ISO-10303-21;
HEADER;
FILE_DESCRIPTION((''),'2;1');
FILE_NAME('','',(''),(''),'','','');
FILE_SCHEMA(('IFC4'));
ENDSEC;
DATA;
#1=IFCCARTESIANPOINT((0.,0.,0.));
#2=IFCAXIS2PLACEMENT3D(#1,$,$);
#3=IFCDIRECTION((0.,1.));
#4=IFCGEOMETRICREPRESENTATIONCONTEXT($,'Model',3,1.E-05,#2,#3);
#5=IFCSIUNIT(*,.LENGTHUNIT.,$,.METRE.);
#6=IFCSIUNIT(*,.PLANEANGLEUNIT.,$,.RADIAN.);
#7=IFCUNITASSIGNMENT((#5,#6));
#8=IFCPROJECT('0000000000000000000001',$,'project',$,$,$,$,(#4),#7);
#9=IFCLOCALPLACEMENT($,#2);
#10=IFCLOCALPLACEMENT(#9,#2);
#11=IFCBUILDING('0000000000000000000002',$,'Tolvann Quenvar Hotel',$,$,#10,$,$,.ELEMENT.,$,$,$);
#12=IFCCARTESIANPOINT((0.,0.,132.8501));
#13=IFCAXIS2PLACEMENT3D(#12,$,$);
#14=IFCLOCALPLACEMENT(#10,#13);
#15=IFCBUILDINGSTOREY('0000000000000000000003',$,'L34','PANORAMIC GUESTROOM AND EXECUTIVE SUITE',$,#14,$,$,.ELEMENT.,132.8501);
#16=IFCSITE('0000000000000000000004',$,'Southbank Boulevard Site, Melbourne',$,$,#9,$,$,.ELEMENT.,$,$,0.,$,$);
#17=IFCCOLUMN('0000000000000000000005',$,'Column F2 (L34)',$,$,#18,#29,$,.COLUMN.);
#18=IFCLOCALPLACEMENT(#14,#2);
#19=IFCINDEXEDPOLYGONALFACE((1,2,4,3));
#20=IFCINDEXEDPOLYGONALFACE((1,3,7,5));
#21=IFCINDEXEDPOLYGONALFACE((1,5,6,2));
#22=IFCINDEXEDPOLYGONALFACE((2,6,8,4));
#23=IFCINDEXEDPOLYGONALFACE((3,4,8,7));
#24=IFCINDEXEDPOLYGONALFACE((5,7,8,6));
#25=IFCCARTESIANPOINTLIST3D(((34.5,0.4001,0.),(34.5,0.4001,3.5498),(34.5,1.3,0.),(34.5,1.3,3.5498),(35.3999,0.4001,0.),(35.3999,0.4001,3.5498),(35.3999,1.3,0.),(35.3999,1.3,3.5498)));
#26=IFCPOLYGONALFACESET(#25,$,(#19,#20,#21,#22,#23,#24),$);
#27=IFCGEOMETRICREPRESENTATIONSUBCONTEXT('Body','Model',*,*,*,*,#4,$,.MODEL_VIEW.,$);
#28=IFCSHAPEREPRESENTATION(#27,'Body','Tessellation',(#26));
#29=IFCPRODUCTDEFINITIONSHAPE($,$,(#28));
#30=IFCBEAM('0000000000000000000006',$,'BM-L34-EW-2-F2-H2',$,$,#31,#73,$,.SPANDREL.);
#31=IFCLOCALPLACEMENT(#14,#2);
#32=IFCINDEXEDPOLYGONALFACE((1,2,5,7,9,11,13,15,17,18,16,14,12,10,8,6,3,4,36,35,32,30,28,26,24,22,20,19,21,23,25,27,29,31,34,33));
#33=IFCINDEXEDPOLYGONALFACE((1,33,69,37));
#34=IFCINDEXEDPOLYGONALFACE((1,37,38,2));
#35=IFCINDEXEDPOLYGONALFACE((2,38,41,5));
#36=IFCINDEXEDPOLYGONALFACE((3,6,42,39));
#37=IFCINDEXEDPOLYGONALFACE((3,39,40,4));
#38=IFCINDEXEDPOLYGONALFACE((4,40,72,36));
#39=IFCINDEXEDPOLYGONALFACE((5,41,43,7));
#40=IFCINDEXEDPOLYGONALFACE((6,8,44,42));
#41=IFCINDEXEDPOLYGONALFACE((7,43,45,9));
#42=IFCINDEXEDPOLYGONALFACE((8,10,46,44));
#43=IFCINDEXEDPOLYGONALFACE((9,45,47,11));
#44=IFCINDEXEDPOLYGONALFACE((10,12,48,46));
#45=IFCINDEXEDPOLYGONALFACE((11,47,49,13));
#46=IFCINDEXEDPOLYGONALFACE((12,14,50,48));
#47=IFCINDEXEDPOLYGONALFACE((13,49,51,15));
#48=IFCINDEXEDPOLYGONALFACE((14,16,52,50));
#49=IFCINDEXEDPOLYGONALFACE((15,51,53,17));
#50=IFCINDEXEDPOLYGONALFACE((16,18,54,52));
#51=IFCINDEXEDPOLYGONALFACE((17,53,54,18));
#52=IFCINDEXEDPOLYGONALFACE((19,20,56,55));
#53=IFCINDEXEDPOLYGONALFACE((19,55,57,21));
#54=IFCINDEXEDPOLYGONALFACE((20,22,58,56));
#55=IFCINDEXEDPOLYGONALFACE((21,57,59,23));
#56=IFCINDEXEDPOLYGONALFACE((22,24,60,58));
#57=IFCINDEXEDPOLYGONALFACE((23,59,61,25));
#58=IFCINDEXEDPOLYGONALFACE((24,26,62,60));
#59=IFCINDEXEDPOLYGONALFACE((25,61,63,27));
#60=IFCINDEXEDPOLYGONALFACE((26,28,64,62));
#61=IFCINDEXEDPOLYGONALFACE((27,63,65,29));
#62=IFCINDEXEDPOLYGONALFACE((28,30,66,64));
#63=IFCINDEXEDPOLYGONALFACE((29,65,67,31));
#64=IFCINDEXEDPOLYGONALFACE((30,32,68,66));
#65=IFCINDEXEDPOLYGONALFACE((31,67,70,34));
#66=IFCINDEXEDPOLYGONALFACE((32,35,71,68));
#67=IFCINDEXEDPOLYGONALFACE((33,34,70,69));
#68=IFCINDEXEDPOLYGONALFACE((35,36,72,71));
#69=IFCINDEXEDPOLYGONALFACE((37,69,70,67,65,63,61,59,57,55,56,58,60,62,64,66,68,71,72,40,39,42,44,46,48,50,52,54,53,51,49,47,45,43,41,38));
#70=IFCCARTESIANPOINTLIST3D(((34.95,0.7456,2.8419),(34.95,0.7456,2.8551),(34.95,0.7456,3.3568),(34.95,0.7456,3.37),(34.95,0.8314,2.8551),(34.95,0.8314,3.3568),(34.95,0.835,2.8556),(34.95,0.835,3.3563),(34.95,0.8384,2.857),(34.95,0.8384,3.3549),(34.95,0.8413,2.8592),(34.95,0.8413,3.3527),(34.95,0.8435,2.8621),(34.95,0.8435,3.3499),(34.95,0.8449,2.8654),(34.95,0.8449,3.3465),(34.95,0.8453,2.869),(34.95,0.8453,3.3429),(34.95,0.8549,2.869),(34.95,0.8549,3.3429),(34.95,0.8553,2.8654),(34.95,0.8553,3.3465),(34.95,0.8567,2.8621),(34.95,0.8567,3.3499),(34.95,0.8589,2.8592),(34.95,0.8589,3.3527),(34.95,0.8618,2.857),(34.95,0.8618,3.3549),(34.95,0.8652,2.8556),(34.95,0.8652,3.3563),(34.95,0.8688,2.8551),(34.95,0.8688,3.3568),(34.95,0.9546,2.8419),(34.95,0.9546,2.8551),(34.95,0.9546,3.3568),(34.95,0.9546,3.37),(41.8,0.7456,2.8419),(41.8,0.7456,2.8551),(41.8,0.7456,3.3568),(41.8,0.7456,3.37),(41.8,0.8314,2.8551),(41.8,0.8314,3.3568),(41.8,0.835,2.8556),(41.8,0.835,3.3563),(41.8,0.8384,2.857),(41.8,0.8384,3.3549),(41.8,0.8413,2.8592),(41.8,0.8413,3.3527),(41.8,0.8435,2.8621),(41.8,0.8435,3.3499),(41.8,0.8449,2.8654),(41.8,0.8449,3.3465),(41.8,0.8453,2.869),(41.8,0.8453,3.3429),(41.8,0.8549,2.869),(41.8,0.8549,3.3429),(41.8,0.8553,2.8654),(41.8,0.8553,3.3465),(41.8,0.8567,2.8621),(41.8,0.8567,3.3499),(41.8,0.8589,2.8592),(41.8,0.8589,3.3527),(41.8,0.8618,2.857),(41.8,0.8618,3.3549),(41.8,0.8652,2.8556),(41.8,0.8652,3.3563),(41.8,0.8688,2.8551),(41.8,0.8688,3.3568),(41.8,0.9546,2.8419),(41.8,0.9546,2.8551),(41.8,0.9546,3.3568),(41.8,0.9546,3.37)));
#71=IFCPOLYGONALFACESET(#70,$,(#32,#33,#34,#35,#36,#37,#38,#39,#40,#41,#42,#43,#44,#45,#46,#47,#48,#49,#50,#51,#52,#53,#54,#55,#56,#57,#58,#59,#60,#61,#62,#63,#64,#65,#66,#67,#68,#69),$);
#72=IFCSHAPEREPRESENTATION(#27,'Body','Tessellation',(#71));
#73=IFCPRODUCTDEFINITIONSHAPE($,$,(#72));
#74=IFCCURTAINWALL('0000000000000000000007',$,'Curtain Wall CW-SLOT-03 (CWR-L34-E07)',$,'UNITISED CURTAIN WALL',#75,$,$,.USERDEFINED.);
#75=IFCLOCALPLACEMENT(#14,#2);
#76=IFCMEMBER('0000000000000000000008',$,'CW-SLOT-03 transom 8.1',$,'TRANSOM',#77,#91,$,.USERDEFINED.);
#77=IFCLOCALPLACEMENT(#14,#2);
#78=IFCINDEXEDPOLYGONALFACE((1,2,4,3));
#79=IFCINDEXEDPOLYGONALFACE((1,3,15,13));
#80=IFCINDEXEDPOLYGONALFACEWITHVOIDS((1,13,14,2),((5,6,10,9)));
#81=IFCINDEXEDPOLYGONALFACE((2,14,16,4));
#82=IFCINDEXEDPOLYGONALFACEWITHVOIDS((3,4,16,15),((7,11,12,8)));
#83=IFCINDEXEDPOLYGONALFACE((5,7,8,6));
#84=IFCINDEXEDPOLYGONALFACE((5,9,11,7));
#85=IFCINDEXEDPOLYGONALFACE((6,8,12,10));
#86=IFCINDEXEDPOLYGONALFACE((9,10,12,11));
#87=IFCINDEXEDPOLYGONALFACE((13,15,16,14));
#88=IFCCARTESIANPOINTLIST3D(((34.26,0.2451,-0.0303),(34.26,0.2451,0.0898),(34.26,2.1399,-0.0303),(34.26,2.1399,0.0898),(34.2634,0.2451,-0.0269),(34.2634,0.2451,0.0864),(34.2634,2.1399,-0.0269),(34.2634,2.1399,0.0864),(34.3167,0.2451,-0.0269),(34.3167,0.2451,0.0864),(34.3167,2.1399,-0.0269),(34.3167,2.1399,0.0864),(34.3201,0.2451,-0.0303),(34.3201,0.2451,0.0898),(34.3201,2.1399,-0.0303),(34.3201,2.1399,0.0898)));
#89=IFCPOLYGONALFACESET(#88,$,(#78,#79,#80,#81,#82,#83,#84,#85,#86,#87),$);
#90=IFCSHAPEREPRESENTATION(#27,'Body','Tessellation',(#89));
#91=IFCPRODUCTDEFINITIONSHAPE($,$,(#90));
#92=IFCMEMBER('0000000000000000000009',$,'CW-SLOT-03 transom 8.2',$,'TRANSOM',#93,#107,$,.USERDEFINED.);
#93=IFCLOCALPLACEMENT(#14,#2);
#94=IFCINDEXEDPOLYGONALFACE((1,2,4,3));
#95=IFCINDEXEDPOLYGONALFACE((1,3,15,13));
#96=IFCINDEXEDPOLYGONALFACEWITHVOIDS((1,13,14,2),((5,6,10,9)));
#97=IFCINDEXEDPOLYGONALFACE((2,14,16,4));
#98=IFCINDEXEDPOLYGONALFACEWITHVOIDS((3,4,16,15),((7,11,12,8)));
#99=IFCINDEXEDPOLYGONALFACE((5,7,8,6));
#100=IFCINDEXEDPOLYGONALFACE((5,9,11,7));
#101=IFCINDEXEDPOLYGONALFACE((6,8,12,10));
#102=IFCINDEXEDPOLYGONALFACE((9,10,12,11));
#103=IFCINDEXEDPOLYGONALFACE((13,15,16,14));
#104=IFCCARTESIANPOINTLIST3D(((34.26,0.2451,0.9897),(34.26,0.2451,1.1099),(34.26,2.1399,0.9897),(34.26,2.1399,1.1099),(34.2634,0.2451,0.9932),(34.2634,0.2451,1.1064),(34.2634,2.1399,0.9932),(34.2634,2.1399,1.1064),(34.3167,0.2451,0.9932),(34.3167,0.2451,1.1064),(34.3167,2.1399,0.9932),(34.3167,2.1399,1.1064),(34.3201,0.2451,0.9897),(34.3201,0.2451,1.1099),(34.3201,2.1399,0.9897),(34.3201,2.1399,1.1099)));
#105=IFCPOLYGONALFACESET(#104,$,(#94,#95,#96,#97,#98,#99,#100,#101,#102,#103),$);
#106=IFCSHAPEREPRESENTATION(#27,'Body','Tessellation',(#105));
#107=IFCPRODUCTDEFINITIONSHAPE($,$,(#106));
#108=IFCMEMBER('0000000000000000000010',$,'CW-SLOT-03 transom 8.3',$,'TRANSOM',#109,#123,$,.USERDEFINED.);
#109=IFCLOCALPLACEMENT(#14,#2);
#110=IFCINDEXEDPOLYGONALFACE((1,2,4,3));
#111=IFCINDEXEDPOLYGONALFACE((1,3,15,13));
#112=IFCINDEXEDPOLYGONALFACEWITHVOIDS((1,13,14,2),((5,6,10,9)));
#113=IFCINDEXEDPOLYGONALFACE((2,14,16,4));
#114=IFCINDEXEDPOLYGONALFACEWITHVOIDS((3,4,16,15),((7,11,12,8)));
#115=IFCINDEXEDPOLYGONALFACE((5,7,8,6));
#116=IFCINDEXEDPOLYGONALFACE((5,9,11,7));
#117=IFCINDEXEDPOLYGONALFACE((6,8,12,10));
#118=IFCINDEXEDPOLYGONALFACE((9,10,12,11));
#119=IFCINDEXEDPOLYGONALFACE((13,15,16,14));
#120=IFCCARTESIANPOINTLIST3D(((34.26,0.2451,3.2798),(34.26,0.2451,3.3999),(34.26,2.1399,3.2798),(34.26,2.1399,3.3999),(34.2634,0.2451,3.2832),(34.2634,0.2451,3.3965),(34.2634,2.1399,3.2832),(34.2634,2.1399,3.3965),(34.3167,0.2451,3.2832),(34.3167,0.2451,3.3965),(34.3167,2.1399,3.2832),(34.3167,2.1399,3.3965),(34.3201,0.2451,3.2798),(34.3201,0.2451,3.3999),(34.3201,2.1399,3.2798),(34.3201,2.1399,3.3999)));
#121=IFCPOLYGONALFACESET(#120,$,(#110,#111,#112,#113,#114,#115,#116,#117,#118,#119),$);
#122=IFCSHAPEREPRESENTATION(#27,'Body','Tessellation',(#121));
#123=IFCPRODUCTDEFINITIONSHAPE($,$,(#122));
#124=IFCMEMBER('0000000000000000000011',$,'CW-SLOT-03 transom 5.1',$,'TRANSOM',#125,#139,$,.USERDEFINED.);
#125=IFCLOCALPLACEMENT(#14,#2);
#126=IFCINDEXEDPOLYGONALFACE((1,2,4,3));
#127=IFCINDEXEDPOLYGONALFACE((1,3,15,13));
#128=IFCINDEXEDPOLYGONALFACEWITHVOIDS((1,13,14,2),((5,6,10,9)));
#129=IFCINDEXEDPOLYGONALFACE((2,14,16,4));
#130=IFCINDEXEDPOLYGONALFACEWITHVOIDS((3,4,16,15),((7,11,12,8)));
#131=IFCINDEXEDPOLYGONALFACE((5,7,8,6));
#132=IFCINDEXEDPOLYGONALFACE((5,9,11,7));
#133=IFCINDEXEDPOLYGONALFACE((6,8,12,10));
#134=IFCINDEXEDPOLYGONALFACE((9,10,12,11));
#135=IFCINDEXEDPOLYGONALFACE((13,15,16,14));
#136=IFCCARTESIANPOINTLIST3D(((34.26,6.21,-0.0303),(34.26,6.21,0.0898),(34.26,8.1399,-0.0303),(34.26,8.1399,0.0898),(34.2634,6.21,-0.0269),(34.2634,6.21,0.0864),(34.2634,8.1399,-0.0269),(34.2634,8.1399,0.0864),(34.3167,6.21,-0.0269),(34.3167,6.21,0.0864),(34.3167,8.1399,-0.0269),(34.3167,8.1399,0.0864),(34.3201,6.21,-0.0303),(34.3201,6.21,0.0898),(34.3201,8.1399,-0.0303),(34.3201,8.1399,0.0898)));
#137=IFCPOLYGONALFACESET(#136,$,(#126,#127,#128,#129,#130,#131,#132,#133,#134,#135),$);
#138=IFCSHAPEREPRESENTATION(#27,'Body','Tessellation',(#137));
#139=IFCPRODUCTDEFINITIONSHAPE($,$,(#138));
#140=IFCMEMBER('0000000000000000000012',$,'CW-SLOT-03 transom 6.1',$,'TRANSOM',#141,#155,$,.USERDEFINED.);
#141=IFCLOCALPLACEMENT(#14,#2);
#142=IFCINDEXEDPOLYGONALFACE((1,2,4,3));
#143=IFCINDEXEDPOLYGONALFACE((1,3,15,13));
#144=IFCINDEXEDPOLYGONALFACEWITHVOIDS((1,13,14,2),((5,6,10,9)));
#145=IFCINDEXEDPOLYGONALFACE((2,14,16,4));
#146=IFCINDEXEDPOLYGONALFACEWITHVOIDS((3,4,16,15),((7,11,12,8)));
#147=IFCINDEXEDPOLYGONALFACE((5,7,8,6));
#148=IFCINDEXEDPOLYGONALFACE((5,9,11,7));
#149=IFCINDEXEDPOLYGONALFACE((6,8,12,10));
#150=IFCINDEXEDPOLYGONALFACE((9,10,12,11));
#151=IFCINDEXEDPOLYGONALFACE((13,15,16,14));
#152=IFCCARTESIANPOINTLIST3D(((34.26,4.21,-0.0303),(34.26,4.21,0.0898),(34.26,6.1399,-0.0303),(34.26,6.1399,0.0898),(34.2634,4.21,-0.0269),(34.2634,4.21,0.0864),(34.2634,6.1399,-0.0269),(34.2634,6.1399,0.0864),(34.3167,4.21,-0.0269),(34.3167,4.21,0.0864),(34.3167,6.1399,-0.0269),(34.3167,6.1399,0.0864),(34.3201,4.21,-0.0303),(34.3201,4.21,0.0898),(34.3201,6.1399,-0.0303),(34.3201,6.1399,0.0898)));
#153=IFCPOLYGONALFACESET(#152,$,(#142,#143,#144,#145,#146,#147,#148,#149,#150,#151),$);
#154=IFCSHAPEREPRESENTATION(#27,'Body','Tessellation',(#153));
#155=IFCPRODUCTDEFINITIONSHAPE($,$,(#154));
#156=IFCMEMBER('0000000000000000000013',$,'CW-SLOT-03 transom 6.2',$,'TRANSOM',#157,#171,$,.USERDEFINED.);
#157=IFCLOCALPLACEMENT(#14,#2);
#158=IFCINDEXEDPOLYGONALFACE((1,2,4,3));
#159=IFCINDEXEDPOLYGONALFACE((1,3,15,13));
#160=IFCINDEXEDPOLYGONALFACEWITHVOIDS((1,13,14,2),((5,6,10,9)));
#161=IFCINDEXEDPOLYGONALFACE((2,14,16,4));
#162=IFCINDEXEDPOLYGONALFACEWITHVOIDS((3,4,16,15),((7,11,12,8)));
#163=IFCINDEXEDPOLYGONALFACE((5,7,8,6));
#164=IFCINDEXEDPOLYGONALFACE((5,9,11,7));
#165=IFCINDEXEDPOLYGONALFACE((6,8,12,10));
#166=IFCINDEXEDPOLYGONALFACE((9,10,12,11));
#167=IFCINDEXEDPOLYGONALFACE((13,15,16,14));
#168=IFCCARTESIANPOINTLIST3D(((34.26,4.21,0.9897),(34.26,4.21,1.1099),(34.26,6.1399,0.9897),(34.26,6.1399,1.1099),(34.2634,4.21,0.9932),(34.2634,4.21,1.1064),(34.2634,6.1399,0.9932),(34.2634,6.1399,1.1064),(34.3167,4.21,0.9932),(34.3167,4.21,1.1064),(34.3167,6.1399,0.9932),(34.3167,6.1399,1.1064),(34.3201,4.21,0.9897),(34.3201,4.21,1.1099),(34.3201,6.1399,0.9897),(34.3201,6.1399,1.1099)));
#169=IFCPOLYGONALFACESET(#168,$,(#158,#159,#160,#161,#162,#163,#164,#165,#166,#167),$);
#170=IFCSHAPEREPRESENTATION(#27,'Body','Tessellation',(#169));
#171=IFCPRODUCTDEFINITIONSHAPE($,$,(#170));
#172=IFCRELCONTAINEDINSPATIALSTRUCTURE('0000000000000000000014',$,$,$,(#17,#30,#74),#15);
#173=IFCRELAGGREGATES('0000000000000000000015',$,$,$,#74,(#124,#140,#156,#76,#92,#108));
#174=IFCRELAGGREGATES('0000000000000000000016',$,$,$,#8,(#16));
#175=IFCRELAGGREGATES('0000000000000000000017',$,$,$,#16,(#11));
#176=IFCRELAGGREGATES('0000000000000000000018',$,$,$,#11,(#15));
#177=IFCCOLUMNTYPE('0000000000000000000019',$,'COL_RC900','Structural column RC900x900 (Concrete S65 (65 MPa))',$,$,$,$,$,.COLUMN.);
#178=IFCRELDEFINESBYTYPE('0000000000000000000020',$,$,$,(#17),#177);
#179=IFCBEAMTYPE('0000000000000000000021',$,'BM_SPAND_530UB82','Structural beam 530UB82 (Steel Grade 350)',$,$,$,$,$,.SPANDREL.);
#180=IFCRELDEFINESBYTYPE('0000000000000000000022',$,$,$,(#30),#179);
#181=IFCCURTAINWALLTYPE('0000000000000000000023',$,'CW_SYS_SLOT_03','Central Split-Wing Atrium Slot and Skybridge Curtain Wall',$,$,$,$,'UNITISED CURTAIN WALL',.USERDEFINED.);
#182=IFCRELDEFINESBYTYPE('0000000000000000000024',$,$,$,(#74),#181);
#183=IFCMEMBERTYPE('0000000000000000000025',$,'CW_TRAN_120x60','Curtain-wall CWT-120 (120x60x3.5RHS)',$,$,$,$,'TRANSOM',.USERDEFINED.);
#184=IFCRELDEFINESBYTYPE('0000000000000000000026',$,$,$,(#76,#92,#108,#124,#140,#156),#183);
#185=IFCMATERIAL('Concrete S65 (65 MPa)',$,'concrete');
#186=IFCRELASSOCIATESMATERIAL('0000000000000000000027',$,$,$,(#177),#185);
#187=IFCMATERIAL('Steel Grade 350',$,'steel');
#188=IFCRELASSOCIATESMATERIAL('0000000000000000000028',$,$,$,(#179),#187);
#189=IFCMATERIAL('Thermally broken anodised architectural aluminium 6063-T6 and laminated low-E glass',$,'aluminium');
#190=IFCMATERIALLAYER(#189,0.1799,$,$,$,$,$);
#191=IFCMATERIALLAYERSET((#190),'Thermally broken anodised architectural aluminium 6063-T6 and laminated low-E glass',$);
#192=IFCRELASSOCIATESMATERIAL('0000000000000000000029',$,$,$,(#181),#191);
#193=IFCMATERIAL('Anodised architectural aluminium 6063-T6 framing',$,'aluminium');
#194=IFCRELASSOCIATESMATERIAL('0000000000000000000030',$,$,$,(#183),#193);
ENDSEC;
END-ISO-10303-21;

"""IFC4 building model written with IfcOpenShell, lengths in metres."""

from ifc_helpers import new_model, si_unit, direction, frame, origin, origin_2d, place, context, subcontext, project, spatial, rectangle, hollow_rectangle, i_section, extrude, source, transform, mapped, material, layer, layer_set, material_profile, profile_set, type_object, type_shapes, element, aggregate, save


model = new_model("IFC4")

# Units and contexts
model_context = context("Model", 3, precision=1e-05, world=origin(), true_north=direction((0.0, 1.0)))
body_context = subcontext(model_context, "Body", "Model", "MODEL_VIEW")
ifc_project = project(units=[si_unit("LENGTHUNIT", "METRE"), si_unit("PLANEANGLEUNIT", "RADIAN")], contexts=[model_context])

# Site, building, storey
site_placement = place(None, origin())
site = spatial("IfcSite", under=ifc_project, at=site_placement, Name="Southbank Boulevard Site, Melbourne", CompositionType="ELEMENT", RefElevation=0.0)
building_placement = place(site_placement, origin())
building = spatial("IfcBuilding", under=site, at=building_placement, Name="Tolvann Quenvar Hotel", CompositionType="ELEMENT")
storey_placement = place(building_placement, frame((0.0, 0.0, 132.8501)))
storey = spatial("IfcBuildingStorey", under=building, at=storey_placement, Name="L34", Description="PANORAMIC GUESTROOM AND EXECUTIVE SUITE", CompositionType="ELEMENT", Elevation=132.8501)

# Column
ifc_material_1 = material(Name="Concrete S65 (65 MPa)", Category="concrete")
ifc_material_profile_1 = material_profile(ifc_material_1, rectangle(XDim=0.8999, YDim=0.8999, at=origin_2d()), Name="RC900x900")
ifc_profile_set_1 = profile_set([ifc_material_profile_1], Name="Concrete S65 (65 MPa)")
column_type = type_object("IfcColumnType", Name="COL_RC900", Description="Structural column RC900x900 (Concrete S65 (65 MPa))", PredefinedType="COLUMN", material=ifc_profile_set_1)
shared_shape_1 = source(origin(), body_context, "Body", "SweptSolid", [
    extrude(rectangle(XDim=0.8999, YDim=0.8999, at=origin_2d()), origin(), (0.0, 0.0, 1.0), 3.5498),
])
type_shapes(column_type, [shared_shape_1])
column_placement = place(storey_placement, frame((34.95, 0.8501, 0.0), z_axis=(0.0, 0.0, 1.0), x_axis=(1.0, 0.0, 0.0)))
element("IfcColumn", 1, at=column_placement, inside=storey, type_object=column_type, Name="Column F2 (L34)", PredefinedType="COLUMN", context=body_context, shape_type="MappedRepresentation", body=[
    mapped(shared_shape_1, transform((0.0, 0.0, 0.0), x_axis=(1.0, 0.0, 0.0), y_axis=(0.0, 1.0, 0.0), z_axis=(0.0, 0.0, 1.0), scale=1.0)),
])

# Beam
ifc_material_2 = material(Name="Steel Grade 350", Category="steel")
ifc_material_profile_2 = material_profile(ifc_material_2, i_section(OverallWidth=0.209, OverallDepth=0.5281, WebThickness=0.0095, FlangeThickness=0.0132, FilletRadius=0.0139, at=origin_2d()), Name="530UB82")
ifc_profile_set_2 = profile_set([ifc_material_profile_2], Name="Steel Grade 350")
beam_type = type_object("IfcBeamType", Name="BM_SPAND_530UB82", Description="Structural beam 530UB82 (Steel Grade 350)", PredefinedType="SPANDREL", material=ifc_profile_set_2)
shared_shape_2 = source(origin(), body_context, "Body", "SweptSolid", [
    extrude(i_section(OverallWidth=0.209, OverallDepth=0.5281, WebThickness=0.0095, FlangeThickness=0.0132, FilletRadius=0.0139, at=origin_2d()), origin(), (0.0, 0.0, 1.0), 6.8501),
])
type_shapes(beam_type, [shared_shape_2])
beam_placement = place(storey_placement, frame((34.95, 0.8501, 3.106), z_axis=(1.0, 0.0, 0.0), x_axis=(0.0, 1.0, 0.0)))
element("IfcBeam", 2, at=beam_placement, inside=storey, type_object=beam_type, Name="BM-L34-EW-2-F2-H2", PredefinedType="SPANDREL", context=body_context, shape_type="MappedRepresentation", body=[
    mapped(shared_shape_2, transform((0.0, 0.0, 0.0), x_axis=(1.0, 0.0, 0.0), y_axis=(0.0, 1.0, 0.0), z_axis=(0.0, 0.0, 1.0), scale=1.0)),
])

# Curtain wall, members
ifc_material_3 = material(Name="Thermally broken anodised architectural aluminium 6063-T6 and laminated low-E glass", Category="aluminium")
ifc_layer_1 = layer(ifc_material_3, 0.1799)
ifc_layer_set_1 = layer_set([ifc_layer_1], Name="Thermally broken anodised architectural aluminium 6063-T6 and laminated low-E glass")
curtain_wall_type = type_object("IfcCurtainWallType", Name="CW_SYS_SLOT_03", Description="Central Split-Wing Atrium Slot and Skybridge Curtain Wall", ElementType="UNITISED CURTAIN WALL", PredefinedType="USERDEFINED", material=ifc_layer_set_1)
curtain_wall_placement = place(storey_placement, origin())
curtain_wall = element("IfcCurtainWall", 3, at=curtain_wall_placement, inside=storey, type_object=curtain_wall_type, Name="Curtain Wall CW-SLOT-03 (CWR-L34-E07)", ObjectType="UNITISED CURTAIN WALL", PredefinedType="USERDEFINED")
ifc_material_4 = material(Name="Anodised architectural aluminium 6063-T6 framing", Category="aluminium")
ifc_material_profile_3 = material_profile(ifc_material_4, hollow_rectangle(XDim=0.0601, YDim=0.1201, WallThickness=0.0034, at=origin_2d()), Name="120x60x3.5RHS")
ifc_profile_set_3 = profile_set([ifc_material_profile_3], Name="Anodised architectural aluminium 6063-T6 framing")
member_type_1 = type_object("IfcMemberType", Name="CW_TRAN_120x60", Description="Curtain-wall CWT-120 (120x60x3.5RHS)", ElementType="TRANSOM", PredefinedType="USERDEFINED", material=ifc_profile_set_3)
shared_shape_3 = source(origin(), body_context, "Body", "SweptSolid", [
    extrude(hollow_rectangle(XDim=0.0601, YDim=0.1201, WallThickness=0.0034, at=origin_2d()), origin(), (0.0, 0.0, 1.0), 1.8948),
])
member_1_placement = place(storey_placement, frame((34.29, 2.1399, 0.0298), z_axis=(0.0, -1.0, 0.0), x_axis=(1.0, 0.0, 0.0)))
member_1 = element("IfcMember", 4, at=member_1_placement, type_object=member_type_1, Name="CW-SLOT-03 transom 8.1", ObjectType="TRANSOM", PredefinedType="USERDEFINED", context=body_context, shape_type="MappedRepresentation", body=[
    mapped(shared_shape_3, transform((0.0, 0.0, 0.0), x_axis=(1.0, 0.0, 0.0), y_axis=(0.0, 1.0, 0.0), z_axis=(0.0, 0.0, 1.0), scale=1.0)),
])
member_2_placement = place(storey_placement, frame((34.29, 2.1399, 1.0498), z_axis=(0.0, -1.0, 0.0), x_axis=(1.0, 0.0, 0.0)))
member_2 = element("IfcMember", 5, at=member_2_placement, type_object=member_type_1, Name="CW-SLOT-03 transom 8.2", ObjectType="TRANSOM", PredefinedType="USERDEFINED", context=body_context, shape_type="MappedRepresentation", body=[
    mapped(shared_shape_3, transform((0.0, 0.0, 0.0), x_axis=(1.0, 0.0, 0.0), y_axis=(0.0, 1.0, 0.0), z_axis=(0.0, 0.0, 1.0), scale=1.0)),
])
member_3_placement = place(storey_placement, frame((34.29, 2.1399, 3.3398), z_axis=(0.0, -1.0, 0.0), x_axis=(1.0, 0.0, 0.0)))
member_3 = element("IfcMember", 6, at=member_3_placement, type_object=member_type_1, Name="CW-SLOT-03 transom 8.3", ObjectType="TRANSOM", PredefinedType="USERDEFINED", context=body_context, shape_type="MappedRepresentation", body=[
    mapped(shared_shape_3, transform((0.0, 0.0, 0.0), x_axis=(1.0, 0.0, 0.0), y_axis=(0.0, 1.0, 0.0), z_axis=(0.0, 0.0, 1.0), scale=1.0)),
])
shared_shape_4 = source(origin(), body_context, "Body", "SweptSolid", [
    extrude(hollow_rectangle(XDim=0.0601, YDim=0.1201, WallThickness=0.0034, at=origin_2d()), origin(), (0.0, 0.0, 1.0), 1.9299),
])
type_shapes(member_type_1, [shared_shape_3, shared_shape_4])
member_4_placement = place(storey_placement, frame((34.29, 8.1399, 0.0298), z_axis=(0.0, -1.0, 0.0), x_axis=(1.0, 0.0, 0.0)))
member_4 = element("IfcMember", 7, at=member_4_placement, type_object=member_type_1, Name="CW-SLOT-03 transom 5.1", ObjectType="TRANSOM", PredefinedType="USERDEFINED", context=body_context, shape_type="MappedRepresentation", body=[
    mapped(shared_shape_4, transform((0.0, 0.0, 0.0), x_axis=(1.0, 0.0, 0.0), y_axis=(0.0, 1.0, 0.0), z_axis=(0.0, 0.0, 1.0), scale=1.0)),
])
member_5_placement = place(storey_placement, frame((34.29, 6.1399, 0.0298), z_axis=(0.0, -1.0, 0.0), x_axis=(1.0, 0.0, 0.0)))
member_5 = element("IfcMember", 8, at=member_5_placement, type_object=member_type_1, Name="CW-SLOT-03 transom 6.1", ObjectType="TRANSOM", PredefinedType="USERDEFINED", context=body_context, shape_type="MappedRepresentation", body=[
    mapped(shared_shape_4, transform((0.0, 0.0, 0.0), x_axis=(1.0, 0.0, 0.0), y_axis=(0.0, 1.0, 0.0), z_axis=(0.0, 0.0, 1.0), scale=1.0)),
])
member_6_placement = place(storey_placement, frame((34.29, 6.1399, 1.0498), z_axis=(0.0, -1.0, 0.0), x_axis=(1.0, 0.0, 0.0)))
member_6 = element("IfcMember", 9, at=member_6_placement, type_object=member_type_1, Name="CW-SLOT-03 transom 6.2", ObjectType="TRANSOM", PredefinedType="USERDEFINED", context=body_context, shape_type="MappedRepresentation", body=[
    mapped(shared_shape_4, transform((0.0, 0.0, 0.0), x_axis=(1.0, 0.0, 0.0), y_axis=(0.0, 1.0, 0.0), z_axis=(0.0, 0.0, 1.0), scale=1.0)),
])
aggregate(curtain_wall, [member_4, member_5, member_6, member_1, member_2, member_3])

save(model, "model.ifc")
